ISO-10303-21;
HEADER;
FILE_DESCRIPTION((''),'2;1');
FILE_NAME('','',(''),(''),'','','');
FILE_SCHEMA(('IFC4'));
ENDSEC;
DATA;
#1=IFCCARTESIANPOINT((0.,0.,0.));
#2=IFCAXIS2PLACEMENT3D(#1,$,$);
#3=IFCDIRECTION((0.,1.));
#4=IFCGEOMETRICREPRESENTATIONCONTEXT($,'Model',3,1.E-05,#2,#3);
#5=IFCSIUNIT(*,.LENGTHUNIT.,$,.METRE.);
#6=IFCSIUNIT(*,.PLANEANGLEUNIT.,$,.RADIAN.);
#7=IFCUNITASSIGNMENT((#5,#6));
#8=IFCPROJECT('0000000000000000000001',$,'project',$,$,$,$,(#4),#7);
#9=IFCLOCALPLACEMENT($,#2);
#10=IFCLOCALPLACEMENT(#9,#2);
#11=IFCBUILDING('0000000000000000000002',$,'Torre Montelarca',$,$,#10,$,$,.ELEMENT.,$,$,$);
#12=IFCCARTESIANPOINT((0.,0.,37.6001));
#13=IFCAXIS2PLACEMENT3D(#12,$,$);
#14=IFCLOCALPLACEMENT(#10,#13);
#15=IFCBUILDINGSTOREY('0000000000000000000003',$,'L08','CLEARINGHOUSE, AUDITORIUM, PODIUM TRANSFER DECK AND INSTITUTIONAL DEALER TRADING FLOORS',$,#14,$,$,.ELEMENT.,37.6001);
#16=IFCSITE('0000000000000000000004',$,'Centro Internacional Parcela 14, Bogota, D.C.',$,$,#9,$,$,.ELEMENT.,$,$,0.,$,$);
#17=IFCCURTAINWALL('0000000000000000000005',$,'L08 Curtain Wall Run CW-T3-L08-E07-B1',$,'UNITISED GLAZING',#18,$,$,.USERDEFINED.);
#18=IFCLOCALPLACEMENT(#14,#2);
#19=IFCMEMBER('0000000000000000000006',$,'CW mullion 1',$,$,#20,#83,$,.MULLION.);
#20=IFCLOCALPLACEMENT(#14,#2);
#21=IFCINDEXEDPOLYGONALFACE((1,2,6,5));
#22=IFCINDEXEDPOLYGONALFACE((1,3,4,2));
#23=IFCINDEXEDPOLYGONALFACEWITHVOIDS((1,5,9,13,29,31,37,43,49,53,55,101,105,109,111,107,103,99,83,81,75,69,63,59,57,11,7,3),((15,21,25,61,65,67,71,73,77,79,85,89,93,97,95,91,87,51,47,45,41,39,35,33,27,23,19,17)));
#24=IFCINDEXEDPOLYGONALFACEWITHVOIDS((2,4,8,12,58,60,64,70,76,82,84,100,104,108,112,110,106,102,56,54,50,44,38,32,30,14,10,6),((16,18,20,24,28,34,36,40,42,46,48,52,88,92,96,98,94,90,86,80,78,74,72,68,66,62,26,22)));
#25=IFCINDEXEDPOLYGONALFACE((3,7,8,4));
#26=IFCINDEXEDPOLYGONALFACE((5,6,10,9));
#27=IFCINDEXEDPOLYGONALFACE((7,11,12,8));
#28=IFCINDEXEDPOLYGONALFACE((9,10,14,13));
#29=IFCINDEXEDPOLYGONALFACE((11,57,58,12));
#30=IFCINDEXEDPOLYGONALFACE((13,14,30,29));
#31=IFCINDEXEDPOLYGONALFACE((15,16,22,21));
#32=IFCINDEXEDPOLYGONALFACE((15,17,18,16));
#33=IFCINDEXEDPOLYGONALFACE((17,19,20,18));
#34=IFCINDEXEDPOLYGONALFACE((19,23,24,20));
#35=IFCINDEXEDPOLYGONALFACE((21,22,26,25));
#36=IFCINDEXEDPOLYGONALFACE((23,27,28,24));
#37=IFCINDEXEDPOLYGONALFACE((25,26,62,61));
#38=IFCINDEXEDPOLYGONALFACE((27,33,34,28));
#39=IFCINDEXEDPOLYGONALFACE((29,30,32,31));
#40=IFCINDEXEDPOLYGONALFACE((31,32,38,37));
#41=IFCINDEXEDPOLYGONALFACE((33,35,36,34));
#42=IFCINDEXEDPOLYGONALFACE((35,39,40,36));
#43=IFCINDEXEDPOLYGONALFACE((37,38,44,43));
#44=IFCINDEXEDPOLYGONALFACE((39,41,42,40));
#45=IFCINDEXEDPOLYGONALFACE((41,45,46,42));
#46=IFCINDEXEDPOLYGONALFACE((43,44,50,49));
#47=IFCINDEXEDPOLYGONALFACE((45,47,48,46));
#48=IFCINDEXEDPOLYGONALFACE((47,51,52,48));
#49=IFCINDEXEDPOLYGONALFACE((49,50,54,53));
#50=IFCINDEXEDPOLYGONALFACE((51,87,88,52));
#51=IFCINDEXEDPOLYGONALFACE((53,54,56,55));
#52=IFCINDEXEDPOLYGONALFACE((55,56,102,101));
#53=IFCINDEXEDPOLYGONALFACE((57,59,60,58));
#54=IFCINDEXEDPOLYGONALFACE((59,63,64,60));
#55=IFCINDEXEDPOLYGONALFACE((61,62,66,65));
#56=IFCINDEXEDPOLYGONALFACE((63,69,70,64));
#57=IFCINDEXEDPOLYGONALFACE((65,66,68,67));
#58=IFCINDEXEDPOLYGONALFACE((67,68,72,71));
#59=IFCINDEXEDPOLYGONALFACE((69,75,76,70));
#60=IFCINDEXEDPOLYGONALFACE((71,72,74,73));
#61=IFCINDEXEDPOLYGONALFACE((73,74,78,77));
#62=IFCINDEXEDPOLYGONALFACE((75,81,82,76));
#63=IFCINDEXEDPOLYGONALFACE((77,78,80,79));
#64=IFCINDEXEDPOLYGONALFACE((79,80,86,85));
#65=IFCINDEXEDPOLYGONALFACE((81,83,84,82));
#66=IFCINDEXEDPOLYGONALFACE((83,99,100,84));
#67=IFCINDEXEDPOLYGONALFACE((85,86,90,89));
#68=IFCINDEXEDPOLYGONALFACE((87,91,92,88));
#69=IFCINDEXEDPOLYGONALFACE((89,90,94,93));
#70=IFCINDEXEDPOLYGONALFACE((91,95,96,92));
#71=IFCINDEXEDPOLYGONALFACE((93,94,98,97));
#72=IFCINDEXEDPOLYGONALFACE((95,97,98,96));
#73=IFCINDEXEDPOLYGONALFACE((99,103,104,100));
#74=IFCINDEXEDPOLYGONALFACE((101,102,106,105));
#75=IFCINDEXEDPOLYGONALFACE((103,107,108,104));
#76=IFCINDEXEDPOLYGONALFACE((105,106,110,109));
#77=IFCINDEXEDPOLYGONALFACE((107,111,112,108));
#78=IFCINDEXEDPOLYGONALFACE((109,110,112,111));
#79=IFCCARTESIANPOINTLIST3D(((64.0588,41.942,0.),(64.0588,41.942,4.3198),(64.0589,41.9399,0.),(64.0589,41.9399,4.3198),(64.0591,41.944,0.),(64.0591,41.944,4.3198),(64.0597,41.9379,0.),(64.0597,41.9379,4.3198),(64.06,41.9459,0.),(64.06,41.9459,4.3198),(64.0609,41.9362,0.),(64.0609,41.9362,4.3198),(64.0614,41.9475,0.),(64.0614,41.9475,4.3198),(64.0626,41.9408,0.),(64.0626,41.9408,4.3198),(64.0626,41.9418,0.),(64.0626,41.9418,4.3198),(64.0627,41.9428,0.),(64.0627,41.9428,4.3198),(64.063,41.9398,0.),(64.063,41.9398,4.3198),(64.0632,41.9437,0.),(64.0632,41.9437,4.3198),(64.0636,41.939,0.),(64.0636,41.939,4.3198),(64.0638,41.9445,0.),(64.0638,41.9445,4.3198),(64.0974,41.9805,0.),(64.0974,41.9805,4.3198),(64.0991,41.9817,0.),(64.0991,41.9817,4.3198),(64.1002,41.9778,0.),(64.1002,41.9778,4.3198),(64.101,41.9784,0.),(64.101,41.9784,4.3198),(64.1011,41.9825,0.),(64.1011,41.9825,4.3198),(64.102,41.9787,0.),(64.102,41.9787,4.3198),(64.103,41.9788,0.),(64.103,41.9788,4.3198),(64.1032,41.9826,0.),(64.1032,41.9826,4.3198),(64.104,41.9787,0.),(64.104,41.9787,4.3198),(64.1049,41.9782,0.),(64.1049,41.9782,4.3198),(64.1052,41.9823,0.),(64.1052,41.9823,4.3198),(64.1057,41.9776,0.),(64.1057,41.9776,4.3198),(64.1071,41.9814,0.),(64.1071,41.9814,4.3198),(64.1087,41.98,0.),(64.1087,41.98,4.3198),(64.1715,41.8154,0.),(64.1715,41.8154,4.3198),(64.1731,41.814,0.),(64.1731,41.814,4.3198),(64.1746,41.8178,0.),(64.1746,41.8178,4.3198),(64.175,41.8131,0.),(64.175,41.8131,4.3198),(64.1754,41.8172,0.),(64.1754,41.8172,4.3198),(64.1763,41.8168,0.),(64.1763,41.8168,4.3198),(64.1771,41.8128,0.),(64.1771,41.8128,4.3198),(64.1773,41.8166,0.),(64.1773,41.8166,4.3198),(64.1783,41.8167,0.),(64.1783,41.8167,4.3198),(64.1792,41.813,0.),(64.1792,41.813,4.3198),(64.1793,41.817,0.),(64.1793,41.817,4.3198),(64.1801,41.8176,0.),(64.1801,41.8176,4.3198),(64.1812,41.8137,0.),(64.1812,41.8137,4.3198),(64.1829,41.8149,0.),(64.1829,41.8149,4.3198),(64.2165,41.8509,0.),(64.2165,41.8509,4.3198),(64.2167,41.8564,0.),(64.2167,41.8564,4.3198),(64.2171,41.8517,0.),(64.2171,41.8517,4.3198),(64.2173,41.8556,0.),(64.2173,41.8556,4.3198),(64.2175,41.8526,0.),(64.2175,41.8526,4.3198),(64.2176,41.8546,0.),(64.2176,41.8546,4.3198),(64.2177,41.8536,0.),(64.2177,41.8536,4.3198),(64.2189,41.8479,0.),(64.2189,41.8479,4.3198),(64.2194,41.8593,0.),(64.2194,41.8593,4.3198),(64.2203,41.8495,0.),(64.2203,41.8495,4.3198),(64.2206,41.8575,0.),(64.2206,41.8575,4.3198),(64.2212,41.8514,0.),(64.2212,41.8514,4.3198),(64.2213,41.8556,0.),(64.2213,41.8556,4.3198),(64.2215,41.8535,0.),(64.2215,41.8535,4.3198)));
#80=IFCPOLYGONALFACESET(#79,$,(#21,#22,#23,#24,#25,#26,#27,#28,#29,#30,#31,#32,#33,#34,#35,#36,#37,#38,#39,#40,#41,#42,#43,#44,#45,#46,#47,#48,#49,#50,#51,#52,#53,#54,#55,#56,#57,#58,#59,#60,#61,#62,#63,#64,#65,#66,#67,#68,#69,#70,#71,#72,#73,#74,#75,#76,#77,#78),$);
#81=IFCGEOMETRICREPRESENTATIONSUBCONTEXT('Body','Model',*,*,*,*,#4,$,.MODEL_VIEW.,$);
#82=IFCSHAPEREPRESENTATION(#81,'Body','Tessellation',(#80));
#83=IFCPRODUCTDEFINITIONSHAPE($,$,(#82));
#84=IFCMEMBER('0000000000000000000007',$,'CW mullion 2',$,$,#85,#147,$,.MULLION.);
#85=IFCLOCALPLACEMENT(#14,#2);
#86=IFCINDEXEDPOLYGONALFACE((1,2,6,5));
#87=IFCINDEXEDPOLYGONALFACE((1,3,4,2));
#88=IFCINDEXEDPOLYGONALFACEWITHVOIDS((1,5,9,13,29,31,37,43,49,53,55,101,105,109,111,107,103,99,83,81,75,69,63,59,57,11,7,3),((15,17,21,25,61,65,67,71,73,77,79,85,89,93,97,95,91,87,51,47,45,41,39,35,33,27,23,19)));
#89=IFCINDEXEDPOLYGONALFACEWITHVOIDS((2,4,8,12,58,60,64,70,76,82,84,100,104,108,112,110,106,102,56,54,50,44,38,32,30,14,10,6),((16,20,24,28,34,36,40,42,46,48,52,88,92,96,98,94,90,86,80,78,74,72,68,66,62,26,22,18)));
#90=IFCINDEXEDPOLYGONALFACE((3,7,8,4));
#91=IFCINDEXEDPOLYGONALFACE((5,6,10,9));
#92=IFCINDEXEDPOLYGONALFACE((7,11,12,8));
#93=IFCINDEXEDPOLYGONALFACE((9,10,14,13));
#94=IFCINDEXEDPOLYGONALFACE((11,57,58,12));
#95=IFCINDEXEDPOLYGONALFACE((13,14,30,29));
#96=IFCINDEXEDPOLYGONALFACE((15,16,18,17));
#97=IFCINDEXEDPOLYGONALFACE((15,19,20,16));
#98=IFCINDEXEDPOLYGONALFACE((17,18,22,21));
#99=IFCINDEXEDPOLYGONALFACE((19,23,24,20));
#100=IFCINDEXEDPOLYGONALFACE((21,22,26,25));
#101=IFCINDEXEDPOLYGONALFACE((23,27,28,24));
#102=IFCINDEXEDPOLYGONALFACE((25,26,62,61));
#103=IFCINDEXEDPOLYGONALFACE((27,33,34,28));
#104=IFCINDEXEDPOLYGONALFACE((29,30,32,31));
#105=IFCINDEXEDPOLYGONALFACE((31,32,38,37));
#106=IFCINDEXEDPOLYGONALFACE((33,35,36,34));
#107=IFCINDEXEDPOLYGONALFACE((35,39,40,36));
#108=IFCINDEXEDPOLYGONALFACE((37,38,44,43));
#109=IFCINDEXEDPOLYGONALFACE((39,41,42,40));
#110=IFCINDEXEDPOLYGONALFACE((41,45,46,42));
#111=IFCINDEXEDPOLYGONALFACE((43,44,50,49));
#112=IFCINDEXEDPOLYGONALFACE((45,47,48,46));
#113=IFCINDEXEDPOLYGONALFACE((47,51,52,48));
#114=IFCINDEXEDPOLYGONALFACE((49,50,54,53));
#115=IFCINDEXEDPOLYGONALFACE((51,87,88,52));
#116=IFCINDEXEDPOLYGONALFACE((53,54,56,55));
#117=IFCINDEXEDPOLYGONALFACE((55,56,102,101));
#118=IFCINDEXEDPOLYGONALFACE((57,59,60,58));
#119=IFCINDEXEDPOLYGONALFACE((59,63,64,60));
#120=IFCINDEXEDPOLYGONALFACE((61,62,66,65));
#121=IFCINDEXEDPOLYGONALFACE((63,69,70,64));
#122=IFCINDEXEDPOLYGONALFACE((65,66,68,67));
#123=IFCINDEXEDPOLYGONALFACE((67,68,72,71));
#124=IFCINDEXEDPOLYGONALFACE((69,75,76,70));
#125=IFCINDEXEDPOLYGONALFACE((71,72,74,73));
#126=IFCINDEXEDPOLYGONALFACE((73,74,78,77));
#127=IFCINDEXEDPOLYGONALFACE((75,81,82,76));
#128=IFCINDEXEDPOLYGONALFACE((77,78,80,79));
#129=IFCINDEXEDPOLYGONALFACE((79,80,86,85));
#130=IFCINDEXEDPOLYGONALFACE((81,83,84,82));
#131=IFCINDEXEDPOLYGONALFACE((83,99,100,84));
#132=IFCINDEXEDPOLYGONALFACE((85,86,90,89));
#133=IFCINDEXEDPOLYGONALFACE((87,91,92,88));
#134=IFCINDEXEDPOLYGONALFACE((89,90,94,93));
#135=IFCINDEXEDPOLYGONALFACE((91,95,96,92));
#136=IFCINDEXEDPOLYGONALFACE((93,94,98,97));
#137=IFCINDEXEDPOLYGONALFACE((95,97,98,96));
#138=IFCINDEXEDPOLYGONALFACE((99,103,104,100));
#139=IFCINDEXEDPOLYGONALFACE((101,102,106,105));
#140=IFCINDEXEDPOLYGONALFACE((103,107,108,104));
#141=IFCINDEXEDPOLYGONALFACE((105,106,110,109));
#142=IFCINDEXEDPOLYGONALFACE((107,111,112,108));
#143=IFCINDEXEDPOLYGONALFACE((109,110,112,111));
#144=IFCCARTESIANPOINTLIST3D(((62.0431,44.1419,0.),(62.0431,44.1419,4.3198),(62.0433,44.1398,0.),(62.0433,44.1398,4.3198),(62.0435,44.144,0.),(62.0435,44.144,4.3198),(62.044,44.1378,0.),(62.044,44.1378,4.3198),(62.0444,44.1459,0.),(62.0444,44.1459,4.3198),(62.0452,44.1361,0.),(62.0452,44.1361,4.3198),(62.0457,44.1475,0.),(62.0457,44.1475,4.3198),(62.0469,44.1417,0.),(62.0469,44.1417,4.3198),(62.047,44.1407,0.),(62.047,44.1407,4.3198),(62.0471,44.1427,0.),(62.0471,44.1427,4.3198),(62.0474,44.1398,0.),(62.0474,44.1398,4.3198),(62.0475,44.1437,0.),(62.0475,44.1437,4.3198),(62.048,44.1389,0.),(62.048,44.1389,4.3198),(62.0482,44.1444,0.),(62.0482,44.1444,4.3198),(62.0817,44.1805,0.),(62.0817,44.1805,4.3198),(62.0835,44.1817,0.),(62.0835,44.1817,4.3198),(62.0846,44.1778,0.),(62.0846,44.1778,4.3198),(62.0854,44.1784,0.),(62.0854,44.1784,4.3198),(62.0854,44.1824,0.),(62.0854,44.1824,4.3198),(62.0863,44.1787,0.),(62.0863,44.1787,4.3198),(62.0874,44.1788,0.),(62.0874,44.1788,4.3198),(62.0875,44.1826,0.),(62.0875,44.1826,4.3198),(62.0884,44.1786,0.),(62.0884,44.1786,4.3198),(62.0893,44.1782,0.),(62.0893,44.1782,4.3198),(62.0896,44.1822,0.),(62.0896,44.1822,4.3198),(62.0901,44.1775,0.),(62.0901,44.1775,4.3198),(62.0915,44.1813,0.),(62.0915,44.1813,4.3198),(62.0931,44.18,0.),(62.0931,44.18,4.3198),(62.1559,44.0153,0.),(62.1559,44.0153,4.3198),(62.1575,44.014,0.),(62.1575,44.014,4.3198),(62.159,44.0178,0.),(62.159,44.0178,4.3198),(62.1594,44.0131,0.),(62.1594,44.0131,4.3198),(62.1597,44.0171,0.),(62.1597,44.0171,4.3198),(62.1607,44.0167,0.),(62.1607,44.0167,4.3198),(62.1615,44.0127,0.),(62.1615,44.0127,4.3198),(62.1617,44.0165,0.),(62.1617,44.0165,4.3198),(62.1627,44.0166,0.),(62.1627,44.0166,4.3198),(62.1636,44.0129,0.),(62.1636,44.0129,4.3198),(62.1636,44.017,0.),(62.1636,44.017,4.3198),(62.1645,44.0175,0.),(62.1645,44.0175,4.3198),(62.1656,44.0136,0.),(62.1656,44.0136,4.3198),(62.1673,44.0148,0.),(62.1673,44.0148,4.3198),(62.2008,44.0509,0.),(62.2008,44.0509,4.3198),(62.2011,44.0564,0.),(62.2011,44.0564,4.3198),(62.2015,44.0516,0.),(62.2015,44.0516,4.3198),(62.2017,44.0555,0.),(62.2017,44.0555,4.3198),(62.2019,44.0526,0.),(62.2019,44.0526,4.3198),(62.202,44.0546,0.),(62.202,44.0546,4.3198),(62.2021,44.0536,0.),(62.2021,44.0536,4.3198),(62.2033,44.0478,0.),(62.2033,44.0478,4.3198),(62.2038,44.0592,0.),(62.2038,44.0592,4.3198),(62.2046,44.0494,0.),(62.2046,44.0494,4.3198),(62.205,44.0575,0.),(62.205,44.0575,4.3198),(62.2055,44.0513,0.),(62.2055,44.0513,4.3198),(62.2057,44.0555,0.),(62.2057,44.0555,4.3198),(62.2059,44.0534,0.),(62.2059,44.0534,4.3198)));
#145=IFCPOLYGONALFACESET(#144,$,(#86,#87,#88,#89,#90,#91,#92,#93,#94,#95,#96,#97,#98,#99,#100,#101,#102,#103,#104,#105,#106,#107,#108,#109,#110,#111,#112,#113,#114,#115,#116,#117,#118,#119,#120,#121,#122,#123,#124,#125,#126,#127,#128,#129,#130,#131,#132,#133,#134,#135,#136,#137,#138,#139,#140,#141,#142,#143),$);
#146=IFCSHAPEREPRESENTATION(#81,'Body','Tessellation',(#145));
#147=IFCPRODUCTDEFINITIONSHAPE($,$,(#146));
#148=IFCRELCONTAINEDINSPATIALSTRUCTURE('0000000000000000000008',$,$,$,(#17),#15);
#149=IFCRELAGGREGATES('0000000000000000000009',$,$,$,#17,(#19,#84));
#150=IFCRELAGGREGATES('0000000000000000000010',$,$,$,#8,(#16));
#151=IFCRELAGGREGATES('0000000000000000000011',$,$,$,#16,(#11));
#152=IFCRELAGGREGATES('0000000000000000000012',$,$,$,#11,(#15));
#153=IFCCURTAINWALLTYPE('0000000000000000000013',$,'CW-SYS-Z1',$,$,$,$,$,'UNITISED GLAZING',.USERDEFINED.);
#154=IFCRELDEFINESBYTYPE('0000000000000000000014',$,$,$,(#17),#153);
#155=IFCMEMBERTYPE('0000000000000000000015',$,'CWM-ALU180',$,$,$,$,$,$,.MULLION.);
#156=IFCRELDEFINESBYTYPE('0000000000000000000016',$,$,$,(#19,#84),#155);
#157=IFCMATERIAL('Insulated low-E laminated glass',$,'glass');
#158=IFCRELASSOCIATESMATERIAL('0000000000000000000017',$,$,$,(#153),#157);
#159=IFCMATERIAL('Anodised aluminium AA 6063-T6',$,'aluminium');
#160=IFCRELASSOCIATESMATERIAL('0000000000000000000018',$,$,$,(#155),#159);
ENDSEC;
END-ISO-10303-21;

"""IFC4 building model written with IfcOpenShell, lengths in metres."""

from ifc_helpers import new_model, si_unit, direction, frame, origin, origin_2d, place, context, subcontext, project, spatial, hollow_rectangle, extrude, source, transform, mapped, material, material_profile, profile_set, type_object, element, aggregate, save


model = new_model("IFC4")

# Units and contexts
model_context = context("Model", 3, precision=1e-05, world=origin(), true_north=direction((0.0, 1.0)))
body_context = subcontext(model_context, "Body", "Model", "MODEL_VIEW")
ifc_project = project(units=[si_unit("LENGTHUNIT", "METRE"), si_unit("PLANEANGLEUNIT", "RADIAN")], contexts=[model_context])

# Site, building, storey
site_placement = place(None, origin())
site = spatial("IfcSite", under=ifc_project, at=site_placement, Name="Centro Internacional Parcela 14, Bogota, D.C.", CompositionType="ELEMENT", RefElevation=0.0)
building_placement = place(site_placement, origin())
building = spatial("IfcBuilding", under=site, at=building_placement, Name="Torre Montelarca", CompositionType="ELEMENT")
storey_placement = place(building_placement, frame((0.0, 0.0, 37.6001)))
storey = spatial("IfcBuildingStorey", under=building, at=storey_placement, Name="L08", Description="CLEARINGHOUSE, AUDITORIUM, PODIUM TRANSFER DECK AND INSTITUTIONAL DEALER TRADING FLOORS", CompositionType="ELEMENT", Elevation=37.6001)

# Curtain wall, members
ifc_material_1 = material(Name="Insulated low-E laminated glass", Category="glass")
curtain_wall_type = type_object("IfcCurtainWallType", Name="CW-SYS-Z1", ElementType="UNITISED GLAZING", PredefinedType="USERDEFINED", material=ifc_material_1)
curtain_wall_1_placement = place(storey_placement, origin())
curtain_wall_1 = element("IfcCurtainWall", 1, at=curtain_wall_1_placement, inside=storey, type_object=curtain_wall_type, Name="L08 Curtain Wall Run CW-T3-L08-E07-B1", ObjectType="UNITISED GLAZING", PredefinedType="USERDEFINED")
ifc_material_2 = material(Name="Anodised aluminium AA 6063-T6", Category="aluminium")
ifc_material_profile_1 = material_profile(ifc_material_2, hollow_rectangle(XDim=0.0649, YDim=0.1799, WallThickness=0.0039, InnerFilletRadius=0.0039, OuterFilletRadius=0.0081, at=origin_2d()), Name="ALU65X180X4", Category="aluminium")
ifc_profile_set_1 = profile_set([ifc_material_profile_1], Name="Anodised aluminium AA 6063-T6")
member_type_1 = type_object("IfcMemberType", Name="CWM-ALU180", PredefinedType="MULLION", material=ifc_profile_set_1)
shared_shape_1 = source(origin(), body_context, "Body", "SweptSolid", [
    extrude(hollow_rectangle(XDim=0.0649, YDim=0.1799, WallThickness=0.0039, InnerFilletRadius=0.0039, OuterFilletRadius=0.0081, at=origin_2d()), origin(), (0.0, 0.0, 1.0), 4.3198),
])
member_1_placement = place(storey_placement, frame((64.1401, 41.8977, 0.0), z_axis=(0.0, 0.0, 1.0), x_axis=(-0.737292, -0.675574, 0.0)))
member_1 = element("IfcMember", 2, at=member_1_placement, type_object=member_type_1, Name="CW mullion 1", PredefinedType="MULLION", context=body_context, shape_type="MappedRepresentation", body=[
    mapped(shared_shape_1, transform((0.0, 0.0, 0.0), scale=1.0)),
])
member_2_placement = place(storey_placement, frame((62.1245, 44.0977, 0.0), z_axis=(0.0, 0.0, 1.0), x_axis=(-0.737292, -0.675574, 0.0)))
member_2 = element("IfcMember", 3, at=member_2_placement, type_object=member_type_1, Name="CW mullion 2", PredefinedType="MULLION", context=body_context, shape_type="MappedRepresentation", body=[
    mapped(shared_shape_1, transform((0.0, 0.0, 0.0), scale=1.0)),
])

aggregate(curtain_wall_1, [member_1, member_2])

save(model, "model.ifc")
